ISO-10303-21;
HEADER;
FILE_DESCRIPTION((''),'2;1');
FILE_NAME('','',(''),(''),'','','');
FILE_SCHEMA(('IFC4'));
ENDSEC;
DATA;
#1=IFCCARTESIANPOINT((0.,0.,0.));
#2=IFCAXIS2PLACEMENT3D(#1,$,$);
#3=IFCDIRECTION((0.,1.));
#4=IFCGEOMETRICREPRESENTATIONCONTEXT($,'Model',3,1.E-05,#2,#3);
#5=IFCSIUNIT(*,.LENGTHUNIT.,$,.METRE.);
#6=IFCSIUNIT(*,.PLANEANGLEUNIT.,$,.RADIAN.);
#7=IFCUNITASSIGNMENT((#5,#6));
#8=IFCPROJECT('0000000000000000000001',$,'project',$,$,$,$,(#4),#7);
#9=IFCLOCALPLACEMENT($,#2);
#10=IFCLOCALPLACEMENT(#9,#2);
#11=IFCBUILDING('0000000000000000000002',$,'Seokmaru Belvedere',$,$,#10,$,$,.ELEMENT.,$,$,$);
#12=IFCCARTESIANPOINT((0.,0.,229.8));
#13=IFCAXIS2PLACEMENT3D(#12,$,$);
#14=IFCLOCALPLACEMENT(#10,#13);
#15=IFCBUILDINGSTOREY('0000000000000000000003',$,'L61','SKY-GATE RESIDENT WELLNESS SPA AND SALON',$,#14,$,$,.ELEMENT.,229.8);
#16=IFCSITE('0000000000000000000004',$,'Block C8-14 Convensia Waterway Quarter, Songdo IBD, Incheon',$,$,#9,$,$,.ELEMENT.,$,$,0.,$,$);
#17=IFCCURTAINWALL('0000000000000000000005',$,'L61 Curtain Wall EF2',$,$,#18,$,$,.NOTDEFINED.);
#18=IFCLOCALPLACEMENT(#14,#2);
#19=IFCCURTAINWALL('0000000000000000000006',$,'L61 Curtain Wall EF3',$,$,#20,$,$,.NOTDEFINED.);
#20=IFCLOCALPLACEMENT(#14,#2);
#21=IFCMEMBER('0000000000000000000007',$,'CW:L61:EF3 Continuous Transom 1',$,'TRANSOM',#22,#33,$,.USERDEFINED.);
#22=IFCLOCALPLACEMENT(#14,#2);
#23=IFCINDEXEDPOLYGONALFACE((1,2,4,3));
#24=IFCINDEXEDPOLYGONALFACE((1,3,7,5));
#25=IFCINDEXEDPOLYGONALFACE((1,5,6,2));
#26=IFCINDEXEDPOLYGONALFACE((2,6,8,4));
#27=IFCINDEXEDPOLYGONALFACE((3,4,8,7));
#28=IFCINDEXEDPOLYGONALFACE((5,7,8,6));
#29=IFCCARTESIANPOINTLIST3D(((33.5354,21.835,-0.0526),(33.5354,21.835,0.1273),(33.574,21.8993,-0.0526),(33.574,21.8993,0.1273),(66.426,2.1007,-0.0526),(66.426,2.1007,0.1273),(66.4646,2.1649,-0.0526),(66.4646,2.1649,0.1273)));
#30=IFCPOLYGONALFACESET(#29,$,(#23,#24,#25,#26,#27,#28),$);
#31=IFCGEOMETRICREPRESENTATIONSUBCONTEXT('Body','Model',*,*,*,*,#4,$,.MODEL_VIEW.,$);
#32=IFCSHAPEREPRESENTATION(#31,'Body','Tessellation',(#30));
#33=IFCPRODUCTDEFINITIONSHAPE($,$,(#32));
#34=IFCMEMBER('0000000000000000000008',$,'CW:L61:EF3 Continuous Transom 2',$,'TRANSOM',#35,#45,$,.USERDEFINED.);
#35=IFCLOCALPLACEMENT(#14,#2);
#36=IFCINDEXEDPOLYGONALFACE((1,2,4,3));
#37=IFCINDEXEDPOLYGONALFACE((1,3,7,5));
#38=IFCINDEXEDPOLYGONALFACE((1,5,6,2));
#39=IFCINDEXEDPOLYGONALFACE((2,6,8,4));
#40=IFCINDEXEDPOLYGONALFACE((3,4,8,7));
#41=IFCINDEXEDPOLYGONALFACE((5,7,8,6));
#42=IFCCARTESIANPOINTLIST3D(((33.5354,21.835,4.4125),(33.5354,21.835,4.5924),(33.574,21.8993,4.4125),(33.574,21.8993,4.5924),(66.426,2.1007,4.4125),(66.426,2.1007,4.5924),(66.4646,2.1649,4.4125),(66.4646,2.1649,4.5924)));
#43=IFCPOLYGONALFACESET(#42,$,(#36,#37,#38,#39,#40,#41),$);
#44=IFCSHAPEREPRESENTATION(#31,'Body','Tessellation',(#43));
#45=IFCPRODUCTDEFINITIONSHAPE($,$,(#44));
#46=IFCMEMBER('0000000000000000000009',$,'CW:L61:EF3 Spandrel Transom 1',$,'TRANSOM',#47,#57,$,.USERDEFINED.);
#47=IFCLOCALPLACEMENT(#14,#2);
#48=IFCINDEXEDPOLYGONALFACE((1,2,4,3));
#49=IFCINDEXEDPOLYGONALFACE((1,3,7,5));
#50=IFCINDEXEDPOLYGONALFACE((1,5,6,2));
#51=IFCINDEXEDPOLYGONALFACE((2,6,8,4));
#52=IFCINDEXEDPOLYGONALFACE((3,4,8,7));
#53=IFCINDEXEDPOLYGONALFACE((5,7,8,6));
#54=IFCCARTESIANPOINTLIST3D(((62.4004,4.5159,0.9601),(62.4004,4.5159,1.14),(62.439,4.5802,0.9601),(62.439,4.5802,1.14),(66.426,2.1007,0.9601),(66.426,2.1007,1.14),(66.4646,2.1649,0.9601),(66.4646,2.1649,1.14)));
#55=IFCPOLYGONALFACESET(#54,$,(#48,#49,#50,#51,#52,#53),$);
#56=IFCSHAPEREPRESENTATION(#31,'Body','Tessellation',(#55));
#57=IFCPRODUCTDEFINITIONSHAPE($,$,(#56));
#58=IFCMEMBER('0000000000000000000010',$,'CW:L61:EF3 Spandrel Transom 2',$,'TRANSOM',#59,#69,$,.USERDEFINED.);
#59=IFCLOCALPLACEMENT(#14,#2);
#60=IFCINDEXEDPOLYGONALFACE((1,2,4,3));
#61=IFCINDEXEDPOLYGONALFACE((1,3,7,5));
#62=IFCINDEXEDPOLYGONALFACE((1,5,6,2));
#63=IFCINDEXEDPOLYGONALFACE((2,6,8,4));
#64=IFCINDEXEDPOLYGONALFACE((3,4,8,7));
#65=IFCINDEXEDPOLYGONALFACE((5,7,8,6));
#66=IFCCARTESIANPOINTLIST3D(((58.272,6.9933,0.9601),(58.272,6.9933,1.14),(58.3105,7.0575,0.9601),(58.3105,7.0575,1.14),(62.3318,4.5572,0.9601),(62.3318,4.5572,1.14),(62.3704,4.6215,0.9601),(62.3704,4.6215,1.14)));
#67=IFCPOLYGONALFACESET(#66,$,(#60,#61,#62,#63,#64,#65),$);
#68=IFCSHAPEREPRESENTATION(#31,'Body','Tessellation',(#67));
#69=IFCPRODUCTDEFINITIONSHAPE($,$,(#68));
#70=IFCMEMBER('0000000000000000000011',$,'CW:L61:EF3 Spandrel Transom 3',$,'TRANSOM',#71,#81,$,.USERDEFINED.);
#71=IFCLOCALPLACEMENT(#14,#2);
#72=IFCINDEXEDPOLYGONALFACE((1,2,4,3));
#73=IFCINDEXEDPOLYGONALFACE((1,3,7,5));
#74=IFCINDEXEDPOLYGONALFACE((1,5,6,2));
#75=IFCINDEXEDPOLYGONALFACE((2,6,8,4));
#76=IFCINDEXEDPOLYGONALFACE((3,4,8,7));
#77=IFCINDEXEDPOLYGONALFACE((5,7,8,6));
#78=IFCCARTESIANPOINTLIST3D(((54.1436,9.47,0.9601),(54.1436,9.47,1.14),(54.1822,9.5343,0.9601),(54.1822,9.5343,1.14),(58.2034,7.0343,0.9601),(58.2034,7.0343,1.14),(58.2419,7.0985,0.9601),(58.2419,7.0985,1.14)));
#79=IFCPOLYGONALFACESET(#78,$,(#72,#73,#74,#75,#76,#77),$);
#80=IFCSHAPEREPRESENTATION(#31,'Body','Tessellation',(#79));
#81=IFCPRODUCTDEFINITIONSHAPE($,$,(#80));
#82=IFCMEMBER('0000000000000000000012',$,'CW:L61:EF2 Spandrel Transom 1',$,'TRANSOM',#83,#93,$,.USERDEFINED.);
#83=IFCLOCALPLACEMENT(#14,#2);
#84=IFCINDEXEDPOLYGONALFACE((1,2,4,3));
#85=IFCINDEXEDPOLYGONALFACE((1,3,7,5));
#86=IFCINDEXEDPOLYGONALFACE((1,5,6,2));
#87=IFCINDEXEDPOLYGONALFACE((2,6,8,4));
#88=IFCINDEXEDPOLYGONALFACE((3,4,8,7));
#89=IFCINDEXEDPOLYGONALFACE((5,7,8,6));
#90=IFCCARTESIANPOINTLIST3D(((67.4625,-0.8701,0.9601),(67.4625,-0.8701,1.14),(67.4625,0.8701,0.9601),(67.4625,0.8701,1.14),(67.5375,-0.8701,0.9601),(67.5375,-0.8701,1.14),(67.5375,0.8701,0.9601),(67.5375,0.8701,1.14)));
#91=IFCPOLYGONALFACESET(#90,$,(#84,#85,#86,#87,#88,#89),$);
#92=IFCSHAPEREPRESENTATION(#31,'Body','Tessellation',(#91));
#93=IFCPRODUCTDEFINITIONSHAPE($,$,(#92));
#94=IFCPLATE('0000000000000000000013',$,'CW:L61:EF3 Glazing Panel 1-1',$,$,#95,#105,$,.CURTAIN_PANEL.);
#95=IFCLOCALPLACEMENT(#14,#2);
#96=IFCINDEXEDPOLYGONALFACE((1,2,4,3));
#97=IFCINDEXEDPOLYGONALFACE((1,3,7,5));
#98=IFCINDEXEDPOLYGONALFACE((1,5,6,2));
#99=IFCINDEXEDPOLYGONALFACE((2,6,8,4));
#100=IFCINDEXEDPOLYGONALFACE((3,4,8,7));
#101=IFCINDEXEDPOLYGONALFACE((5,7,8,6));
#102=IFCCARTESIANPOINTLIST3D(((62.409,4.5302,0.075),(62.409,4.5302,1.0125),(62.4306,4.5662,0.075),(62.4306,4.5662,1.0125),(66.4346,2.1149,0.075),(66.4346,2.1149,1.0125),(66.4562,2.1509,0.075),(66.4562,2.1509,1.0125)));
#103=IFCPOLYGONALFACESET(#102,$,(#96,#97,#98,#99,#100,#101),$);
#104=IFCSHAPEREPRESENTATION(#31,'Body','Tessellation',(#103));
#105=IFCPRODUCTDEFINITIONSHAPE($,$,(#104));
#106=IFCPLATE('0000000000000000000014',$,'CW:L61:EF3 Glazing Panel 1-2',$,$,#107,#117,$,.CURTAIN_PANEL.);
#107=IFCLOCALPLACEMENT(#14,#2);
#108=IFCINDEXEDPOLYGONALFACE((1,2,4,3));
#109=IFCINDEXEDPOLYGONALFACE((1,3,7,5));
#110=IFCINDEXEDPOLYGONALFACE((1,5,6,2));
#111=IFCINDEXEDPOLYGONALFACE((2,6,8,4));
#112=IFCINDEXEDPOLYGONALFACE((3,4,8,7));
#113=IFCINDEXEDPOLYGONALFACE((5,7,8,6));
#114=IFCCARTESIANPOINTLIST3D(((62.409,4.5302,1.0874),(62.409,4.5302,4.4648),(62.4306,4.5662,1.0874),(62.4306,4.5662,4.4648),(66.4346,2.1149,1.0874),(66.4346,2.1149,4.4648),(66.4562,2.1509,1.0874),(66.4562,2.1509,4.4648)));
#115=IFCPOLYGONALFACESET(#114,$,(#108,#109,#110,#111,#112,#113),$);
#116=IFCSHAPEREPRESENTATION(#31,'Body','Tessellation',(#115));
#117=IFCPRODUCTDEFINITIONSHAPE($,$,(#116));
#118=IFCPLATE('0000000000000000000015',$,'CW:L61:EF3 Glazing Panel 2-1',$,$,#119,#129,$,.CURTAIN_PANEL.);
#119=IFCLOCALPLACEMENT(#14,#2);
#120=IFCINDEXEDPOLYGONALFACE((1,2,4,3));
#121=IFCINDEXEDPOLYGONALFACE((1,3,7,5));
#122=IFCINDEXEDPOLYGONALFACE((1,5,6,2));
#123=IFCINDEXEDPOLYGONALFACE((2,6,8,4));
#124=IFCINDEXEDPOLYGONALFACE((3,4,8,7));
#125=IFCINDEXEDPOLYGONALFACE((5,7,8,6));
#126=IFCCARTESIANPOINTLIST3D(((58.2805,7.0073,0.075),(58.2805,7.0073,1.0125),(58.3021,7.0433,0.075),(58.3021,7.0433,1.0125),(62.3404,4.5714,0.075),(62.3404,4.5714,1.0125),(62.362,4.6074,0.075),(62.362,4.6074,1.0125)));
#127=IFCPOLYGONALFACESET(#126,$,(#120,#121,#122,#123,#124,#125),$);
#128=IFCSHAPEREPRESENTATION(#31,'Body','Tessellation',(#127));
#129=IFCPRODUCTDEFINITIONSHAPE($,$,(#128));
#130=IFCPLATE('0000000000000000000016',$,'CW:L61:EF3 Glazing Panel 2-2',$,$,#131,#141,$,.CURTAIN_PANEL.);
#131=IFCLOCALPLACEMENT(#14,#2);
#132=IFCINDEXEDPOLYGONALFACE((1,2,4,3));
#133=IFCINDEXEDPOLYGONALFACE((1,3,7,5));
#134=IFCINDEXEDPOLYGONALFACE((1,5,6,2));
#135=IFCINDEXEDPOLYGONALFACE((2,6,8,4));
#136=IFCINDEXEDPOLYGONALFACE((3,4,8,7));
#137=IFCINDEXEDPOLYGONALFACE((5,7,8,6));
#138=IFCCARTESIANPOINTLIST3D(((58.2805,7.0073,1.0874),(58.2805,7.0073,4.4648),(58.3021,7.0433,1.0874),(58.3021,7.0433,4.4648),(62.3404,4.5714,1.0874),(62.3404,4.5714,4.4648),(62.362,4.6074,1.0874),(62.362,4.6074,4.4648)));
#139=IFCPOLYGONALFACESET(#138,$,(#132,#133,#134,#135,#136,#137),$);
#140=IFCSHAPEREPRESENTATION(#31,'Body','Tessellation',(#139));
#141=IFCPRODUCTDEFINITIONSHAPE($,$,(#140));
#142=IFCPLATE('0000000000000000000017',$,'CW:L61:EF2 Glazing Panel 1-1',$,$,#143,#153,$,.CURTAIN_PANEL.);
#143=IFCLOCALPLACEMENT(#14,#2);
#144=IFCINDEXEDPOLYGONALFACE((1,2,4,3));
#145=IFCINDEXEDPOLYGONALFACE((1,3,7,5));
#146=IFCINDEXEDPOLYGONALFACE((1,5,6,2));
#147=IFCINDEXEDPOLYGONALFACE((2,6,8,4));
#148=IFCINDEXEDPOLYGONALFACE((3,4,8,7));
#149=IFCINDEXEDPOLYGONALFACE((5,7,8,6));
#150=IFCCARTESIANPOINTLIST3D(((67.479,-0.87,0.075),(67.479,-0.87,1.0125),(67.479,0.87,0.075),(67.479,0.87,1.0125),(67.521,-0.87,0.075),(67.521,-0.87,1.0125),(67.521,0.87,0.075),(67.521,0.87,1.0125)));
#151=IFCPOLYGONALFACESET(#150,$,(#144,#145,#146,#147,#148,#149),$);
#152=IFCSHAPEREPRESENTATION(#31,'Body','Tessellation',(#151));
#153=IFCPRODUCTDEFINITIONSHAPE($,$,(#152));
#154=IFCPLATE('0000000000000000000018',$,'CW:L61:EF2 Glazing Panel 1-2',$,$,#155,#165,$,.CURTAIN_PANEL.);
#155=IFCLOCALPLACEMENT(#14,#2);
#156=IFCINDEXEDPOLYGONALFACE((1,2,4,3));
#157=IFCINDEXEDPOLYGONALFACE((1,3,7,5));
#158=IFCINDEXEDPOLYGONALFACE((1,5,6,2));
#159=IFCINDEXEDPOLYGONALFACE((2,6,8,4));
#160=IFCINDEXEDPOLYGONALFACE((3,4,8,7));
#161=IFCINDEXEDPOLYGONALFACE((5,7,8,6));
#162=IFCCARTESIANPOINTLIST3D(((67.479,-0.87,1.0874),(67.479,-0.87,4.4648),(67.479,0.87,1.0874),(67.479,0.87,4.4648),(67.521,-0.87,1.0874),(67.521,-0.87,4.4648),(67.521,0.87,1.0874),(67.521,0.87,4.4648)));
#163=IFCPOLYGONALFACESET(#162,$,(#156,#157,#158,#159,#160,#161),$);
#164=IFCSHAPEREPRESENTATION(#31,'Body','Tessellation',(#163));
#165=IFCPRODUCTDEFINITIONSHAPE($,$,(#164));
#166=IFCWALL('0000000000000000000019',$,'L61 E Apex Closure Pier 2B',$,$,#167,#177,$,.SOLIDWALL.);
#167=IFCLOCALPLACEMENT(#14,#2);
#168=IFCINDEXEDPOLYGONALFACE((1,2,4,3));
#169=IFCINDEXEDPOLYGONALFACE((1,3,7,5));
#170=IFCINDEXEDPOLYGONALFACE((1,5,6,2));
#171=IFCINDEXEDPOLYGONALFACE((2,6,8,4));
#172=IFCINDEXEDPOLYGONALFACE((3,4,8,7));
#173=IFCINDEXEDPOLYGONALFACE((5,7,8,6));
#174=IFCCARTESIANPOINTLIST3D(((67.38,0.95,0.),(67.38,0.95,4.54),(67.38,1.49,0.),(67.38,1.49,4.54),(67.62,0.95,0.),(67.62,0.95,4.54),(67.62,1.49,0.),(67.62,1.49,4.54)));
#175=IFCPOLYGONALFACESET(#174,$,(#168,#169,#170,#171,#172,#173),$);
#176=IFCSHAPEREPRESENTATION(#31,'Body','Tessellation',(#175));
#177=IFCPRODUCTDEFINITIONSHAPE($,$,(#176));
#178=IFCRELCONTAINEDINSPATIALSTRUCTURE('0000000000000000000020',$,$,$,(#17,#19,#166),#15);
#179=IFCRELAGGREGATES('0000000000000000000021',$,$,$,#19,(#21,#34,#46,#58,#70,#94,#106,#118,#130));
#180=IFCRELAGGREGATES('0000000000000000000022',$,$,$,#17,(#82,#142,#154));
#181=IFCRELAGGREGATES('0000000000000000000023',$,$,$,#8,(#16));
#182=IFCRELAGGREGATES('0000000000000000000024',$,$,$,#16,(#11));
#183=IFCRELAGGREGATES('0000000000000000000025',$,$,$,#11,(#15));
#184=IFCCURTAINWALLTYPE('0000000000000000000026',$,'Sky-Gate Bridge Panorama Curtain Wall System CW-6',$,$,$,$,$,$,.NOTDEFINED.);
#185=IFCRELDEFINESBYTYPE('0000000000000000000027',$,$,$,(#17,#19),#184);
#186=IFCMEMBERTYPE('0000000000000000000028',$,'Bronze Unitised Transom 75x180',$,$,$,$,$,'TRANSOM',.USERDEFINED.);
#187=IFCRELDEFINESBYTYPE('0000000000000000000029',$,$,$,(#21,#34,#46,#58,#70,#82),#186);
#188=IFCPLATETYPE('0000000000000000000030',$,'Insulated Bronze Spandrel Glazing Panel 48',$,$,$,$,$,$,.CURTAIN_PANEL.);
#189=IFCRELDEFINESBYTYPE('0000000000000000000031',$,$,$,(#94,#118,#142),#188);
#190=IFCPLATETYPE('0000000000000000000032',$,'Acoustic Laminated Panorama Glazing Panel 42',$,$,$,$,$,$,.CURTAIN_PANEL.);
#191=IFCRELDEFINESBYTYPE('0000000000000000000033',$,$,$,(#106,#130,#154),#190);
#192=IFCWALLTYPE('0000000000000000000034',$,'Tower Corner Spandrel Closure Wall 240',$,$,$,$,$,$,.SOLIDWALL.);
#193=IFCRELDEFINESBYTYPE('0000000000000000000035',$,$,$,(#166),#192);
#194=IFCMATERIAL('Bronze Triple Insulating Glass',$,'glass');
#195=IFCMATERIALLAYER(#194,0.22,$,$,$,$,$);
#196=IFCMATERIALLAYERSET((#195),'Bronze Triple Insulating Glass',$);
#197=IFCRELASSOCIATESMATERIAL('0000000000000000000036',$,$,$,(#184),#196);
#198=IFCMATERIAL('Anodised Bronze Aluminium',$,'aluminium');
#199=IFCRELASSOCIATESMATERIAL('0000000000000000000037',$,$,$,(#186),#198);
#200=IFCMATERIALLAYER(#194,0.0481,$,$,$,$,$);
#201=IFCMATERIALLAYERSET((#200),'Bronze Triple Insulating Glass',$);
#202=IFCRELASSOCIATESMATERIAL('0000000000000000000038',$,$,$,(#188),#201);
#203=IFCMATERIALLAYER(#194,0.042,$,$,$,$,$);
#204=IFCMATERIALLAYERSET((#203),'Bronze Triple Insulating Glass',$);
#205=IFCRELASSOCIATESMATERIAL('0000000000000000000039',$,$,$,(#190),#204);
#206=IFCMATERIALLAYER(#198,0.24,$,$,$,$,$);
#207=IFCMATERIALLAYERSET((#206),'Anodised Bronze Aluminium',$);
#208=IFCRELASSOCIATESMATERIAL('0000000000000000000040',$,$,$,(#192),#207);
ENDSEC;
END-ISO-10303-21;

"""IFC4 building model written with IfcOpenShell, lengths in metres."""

from ifc_helpers import new_model, si_unit, direction, frame, frame_2d, origin, origin_2d, place, context, subcontext, project, spatial, rectangle, extrude, source, transform, mapped, material, layer, layer_set, material_profile, profile_set, type_object, type_shapes, element, aggregate, save


model = new_model("IFC4")

# Units and contexts
model_context = context("Model", 3, precision=1e-05, world=origin(), true_north=direction((0.0, 1.0)))
body_context = subcontext(model_context, "Body", "Model", "MODEL_VIEW")
ifc_project = project(units=[si_unit("LENGTHUNIT", "METRE"), si_unit("PLANEANGLEUNIT", "RADIAN")], contexts=[model_context])

# Site, building, storey
site_placement = place(None, origin())
site = spatial("IfcSite", under=ifc_project, at=site_placement, Name="Block C8-14 Convensia Waterway Quarter, Songdo IBD, Incheon", CompositionType="ELEMENT", RefElevation=0.0)
building_placement = place(site_placement, origin())
building = spatial("IfcBuilding", under=site, at=building_placement, Name="Seokmaru Belvedere", CompositionType="ELEMENT")
storey_placement = place(building_placement, frame((0.0, 0.0, 229.8)))
storey = spatial("IfcBuildingStorey", under=building, at=storey_placement, Name="L61", Description="SKY-GATE RESIDENT WELLNESS SPA AND SALON", CompositionType="ELEMENT", Elevation=229.8)

# Curtain wall
ifc_material_1 = material(Name="Bronze Triple Insulating Glass", Category="glass")
ifc_layer_1 = layer(ifc_material_1, 0.22)
ifc_layer_set_1 = layer_set([ifc_layer_1], Name="Bronze Triple Insulating Glass")
curtain_wall_type = type_object("IfcCurtainWallType", Name="Sky-Gate Bridge Panorama Curtain Wall System CW-6", PredefinedType="NOTDEFINED", material=ifc_layer_set_1)
curtain_wall_1_placement = place(storey_placement, origin())
curtain_wall_1 = element("IfcCurtainWall", 1, at=curtain_wall_1_placement, inside=storey, type_object=curtain_wall_type, Name="L61 Curtain Wall EF2", PredefinedType="NOTDEFINED")
ifc_material_2 = material(Name="Anodised Bronze Aluminium", Category="aluminium")

# Curtain wall, members
curtain_wall_2_placement = place(storey_placement, origin())
curtain_wall_2 = element("IfcCurtainWall", 2, at=curtain_wall_2_placement, inside=storey, type_object=curtain_wall_type, Name="L61 Curtain Wall EF3", PredefinedType="NOTDEFINED")
ifc_material_profile_1 = material_profile(ifc_material_2, rectangle(XDim=0.075, YDim=0.1799, at=origin_2d()), Name="CW-T-75x180")
ifc_profile_set_1 = profile_set([ifc_material_profile_1], Name="Anodised Bronze Aluminium")
member_type_1 = type_object("IfcMemberType", Name="Bronze Unitised Transom 75x180", ElementType="TRANSOM", PredefinedType="USERDEFINED", material=ifc_profile_set_1)
shared_shape_1 = source(origin(), body_context, "Body", "SweptSolid", [
    extrude(rectangle(XDim=0.075, YDim=0.1799, at=origin_2d()), origin(), (0.0, 0.0, 1.0), 38.3567),
])
member_1_placement = place(storey_placement, frame((66.4453, 2.1328, 0.0374), z_axis=(-0.857493, 0.514496, 0.0), x_axis=(-0.514496, -0.857493, 0.0)))
member_1 = element("IfcMember", 3, at=member_1_placement, type_object=member_type_1, Name="CW:L61:EF3 Continuous Transom 1", ObjectType="TRANSOM", PredefinedType="USERDEFINED", context=body_context, shape_type="MappedRepresentation", body=[
    mapped(shared_shape_1, transform((0.0, 0.0, 0.0), scale=1.0)),
])
member_2_placement = place(storey_placement, frame((66.4453, 2.1328, 4.5024), z_axis=(-0.857493, 0.514496, 0.0), x_axis=(-0.514496, -0.857493, 0.0)))
member_2 = element("IfcMember", 4, at=member_2_placement, type_object=member_type_1, Name="CW:L61:EF3 Continuous Transom 2", ObjectType="TRANSOM", PredefinedType="USERDEFINED", context=body_context, shape_type="MappedRepresentation", body=[
    mapped(shared_shape_1, transform((0.0, 0.0, 0.0), scale=1.0)),
])
shared_shape_2 = source(origin(), body_context, "Body", "SweptSolid", [
    extrude(rectangle(XDim=0.075, YDim=0.1799, at=origin_2d()), origin(), (0.0, 0.0, 1.0), 4.6946),
])
member_3_placement = place(storey_placement, frame((66.4453, 2.1328, 1.05), z_axis=(-0.857502, 0.51448, 0.0), x_axis=(-0.51448, -0.857502, 0.0)))
member_3 = element("IfcMember", 5, at=member_3_placement, type_object=member_type_1, Name="CW:L61:EF3 Spandrel Transom 1", ObjectType="TRANSOM", PredefinedType="USERDEFINED", context=body_context, shape_type="MappedRepresentation", body=[
    mapped(shared_shape_2, transform((0.0, 0.0, 0.0), scale=1.0)),
])
shared_shape_3 = source(origin(), body_context, "Body", "SweptSolid", [
    extrude(rectangle(XDim=0.075, YDim=0.1799, at=origin_2d()), origin(), (0.0, 0.0, 1.0), 4.7346),
])
member_4_placement = place(storey_placement, frame((62.3511, 4.5894, 1.05), z_axis=(-0.857479, 0.514519, 0.0), x_axis=(-0.514519, -0.857479, 0.0)))
member_4 = element("IfcMember", 6, at=member_4_placement, type_object=member_type_1, Name="CW:L61:EF3 Spandrel Transom 2", ObjectType="TRANSOM", PredefinedType="USERDEFINED", context=body_context, shape_type="MappedRepresentation", body=[
    mapped(shared_shape_3, transform((0.0, 0.0, 0.0), scale=1.0)),
])
shared_shape_4 = source(origin(), body_context, "Body", "SweptSolid", [
    extrude(rectangle(XDim=0.075, YDim=0.1799, at=origin_2d()), origin(), (0.0, 0.0, 1.0), 4.7344),
])
member_5_placement = place(storey_placement, frame((58.2227, 7.0664, 1.05), z_axis=(-0.857502, 0.514481, 0.0), x_axis=(-0.514481, -0.857502, 0.0)))
member_5 = element("IfcMember", 7, at=member_5_placement, type_object=member_type_1, Name="CW:L61:EF3 Spandrel Transom 3", ObjectType="TRANSOM", PredefinedType="USERDEFINED", context=body_context, shape_type="MappedRepresentation", body=[
    mapped(shared_shape_4, transform((0.0, 0.0, 0.0), scale=1.0)),
])

# Member
shared_shape_5 = source(origin(), body_context, "Body", "SweptSolid", [
    extrude(rectangle(XDim=0.075, YDim=0.1799, at=origin_2d()), origin(), (0.0, 0.0, 1.0), 1.7402),
])
type_shapes(member_type_1, [shared_shape_1, shared_shape_2, shared_shape_3, shared_shape_4, shared_shape_5])
member_6_placement = place(storey_placement, frame((67.5, -0.8701, 1.05), z_axis=(0.0, 1.0, 0.0), x_axis=(-1.0, 0.0, 0.0)))
member_6 = element("IfcMember", 8, at=member_6_placement, type_object=member_type_1, Name="CW:L61:EF2 Spandrel Transom 1", ObjectType="TRANSOM", PredefinedType="USERDEFINED", context=body_context, shape_type="MappedRepresentation", body=[
    mapped(shared_shape_5, transform((0.0, 0.0, 0.0), scale=1.0)),
])

# Plates
ifc_layer_2 = layer(ifc_material_1, 0.0481)
ifc_layer_set_2 = layer_set([ifc_layer_2], Name="Bronze Triple Insulating Glass")
plate_type_1 = type_object("IfcPlateType", Name="Insulated Bronze Spandrel Glazing Panel 48", PredefinedType="CURTAIN_PANEL", material=ifc_layer_set_2)
shared_shape_6 = source(origin(), body_context, "Body", "SweptSolid", [
    extrude(rectangle(XDim=4.6946, YDim=0.042, at=origin_2d()), origin(), (0.0, 0.0, 1.0), 0.9375),
])
plate_1_placement = place(storey_placement, frame((64.4326, 3.3406, 0.075), z_axis=(0.0, 0.0, 1.0), x_axis=(-0.857493, 0.514495, 0.0)))
plate_1 = element("IfcPlate", 9, at=plate_1_placement, type_object=plate_type_1, Name="CW:L61:EF3 Glazing Panel 1-1", PredefinedType="CURTAIN_PANEL", context=body_context, shape_type="MappedRepresentation", body=[
    mapped(shared_shape_6, transform((0.0, 0.0, 0.0), scale=1.0)),
])
ifc_layer_3 = layer(ifc_material_1, 0.042)
ifc_layer_set_3 = layer_set([ifc_layer_3], Name="Bronze Triple Insulating Glass")
plate_type_2 = type_object("IfcPlateType", Name="Acoustic Laminated Panorama Glazing Panel 42", PredefinedType="CURTAIN_PANEL", material=ifc_layer_set_3)
shared_shape_7 = source(origin(), body_context, "Body", "SweptSolid", [
    extrude(rectangle(XDim=4.6946, YDim=0.042, at=origin_2d()), origin(), (0.0, 0.0, 1.0), 3.3774),
])
plate_2_placement = place(storey_placement, frame((64.4326, 3.3406, 1.0874), z_axis=(0.0, 0.0, 1.0), x_axis=(-0.857493, 0.514495, 0.0)))
plate_2 = element("IfcPlate", 10, at=plate_2_placement, type_object=plate_type_2, Name="CW:L61:EF3 Glazing Panel 1-2", PredefinedType="CURTAIN_PANEL", context=body_context, shape_type="MappedRepresentation", body=[
    mapped(shared_shape_7, transform((0.0, 0.0, 0.0), scale=1.0)),
])
shared_shape_8 = source(origin(), body_context, "Body", "SweptSolid", [
    extrude(rectangle(XDim=4.7346, YDim=0.042, at=origin_2d()), origin(), (0.0, 0.0, 1.0), 0.9375),
])
plate_3_placement = place(storey_placement, frame((60.3213, 5.8074, 0.075), z_axis=(0.0, 0.0, 1.0), x_axis=(-0.857493, 0.514495, 0.0)))
plate_3 = element("IfcPlate", 11, at=plate_3_placement, type_object=plate_type_1, Name="CW:L61:EF3 Glazing Panel 2-1", PredefinedType="CURTAIN_PANEL", context=body_context, shape_type="MappedRepresentation", body=[
    mapped(shared_shape_8, transform((0.0, 0.0, 0.0), scale=1.0)),
])
shared_shape_9 = source(origin(), body_context, "Body", "SweptSolid", [
    extrude(rectangle(XDim=4.7346, YDim=0.042, at=origin_2d()), origin(), (0.0, 0.0, 1.0), 3.3774),
])
plate_4_placement = place(storey_placement, frame((60.3213, 5.8074, 1.0874), z_axis=(0.0, 0.0, 1.0), x_axis=(-0.857493, 0.514495, 0.0)))
plate_4 = element("IfcPlate", 12, at=plate_4_placement, type_object=plate_type_2, Name="CW:L61:EF3 Glazing Panel 2-2", PredefinedType="CURTAIN_PANEL", context=body_context, shape_type="MappedRepresentation", body=[
    mapped(shared_shape_9, transform((0.0, 0.0, 0.0), scale=1.0)),
])
aggregate(curtain_wall_2, [member_1, member_2, member_3, member_4, member_5, plate_1, plate_2, plate_3, plate_4])
shared_shape_10 = source(origin(), body_context, "Body", "SweptSolid", [
    extrude(rectangle(XDim=1.74, YDim=0.042, at=origin_2d()), origin(), (0.0, 0.0, 1.0), 0.9375),
])
type_shapes(plate_type_1, [shared_shape_6, shared_shape_8, shared_shape_10])
plate_5_placement = place(storey_placement, frame((67.5, 0.0, 0.075), z_axis=(0.0, 0.0, 1.0), x_axis=(0.0, 1.0, 0.0)))
plate_5 = element("IfcPlate", 13, at=plate_5_placement, type_object=plate_type_1, Name="CW:L61:EF2 Glazing Panel 1-1", PredefinedType="CURTAIN_PANEL", context=body_context, shape_type="MappedRepresentation", body=[
    mapped(shared_shape_10, transform((0.0, 0.0, 0.0), scale=1.0)),
])
shared_shape_11 = source(origin(), body_context, "Body", "SweptSolid", [
    extrude(rectangle(XDim=1.74, YDim=0.042, at=origin_2d()), origin(), (0.0, 0.0, 1.0), 3.3774),
])
type_shapes(plate_type_2, [shared_shape_7, shared_shape_9, shared_shape_11])
plate_6_placement = place(storey_placement, frame((67.5, 0.0, 1.0874), z_axis=(0.0, 0.0, 1.0), x_axis=(0.0, 1.0, 0.0)))
plate_6 = element("IfcPlate", 14, at=plate_6_placement, type_object=plate_type_2, Name="CW:L61:EF2 Glazing Panel 1-2", PredefinedType="CURTAIN_PANEL", context=body_context, shape_type="MappedRepresentation", body=[
    mapped(shared_shape_11, transform((0.0, 0.0, 0.0), scale=1.0)),
])
aggregate(curtain_wall_1, [member_6, plate_5, plate_6])

# Wall
ifc_layer_4 = layer(ifc_material_2, 0.24)
ifc_layer_set_4 = layer_set([ifc_layer_4], Name="Anodised Bronze Aluminium")
wall_type = type_object("IfcWallType", Name="Tower Corner Spandrel Closure Wall 240", PredefinedType="SOLIDWALL", material=ifc_layer_set_4)
wall_1_placement = place(storey_placement, frame((67.5, 0.95, 0.0), z_axis=(0.0, 0.0, 1.0), x_axis=(0.0, 1.0, 0.0)))
element("IfcWall", 15, at=wall_1_placement, inside=storey, type_object=wall_type, Name="L61 E Apex Closure Pier 2B", PredefinedType="SOLIDWALL", context=body_context, shape_type="SweptSolid", body=[
    extrude(rectangle(XDim=0.54, YDim=0.24, at=frame_2d((0.27, 0.0))), origin(), (0.0, 0.0, 1.0), 4.54),
])

save(model, "model.ifc")
